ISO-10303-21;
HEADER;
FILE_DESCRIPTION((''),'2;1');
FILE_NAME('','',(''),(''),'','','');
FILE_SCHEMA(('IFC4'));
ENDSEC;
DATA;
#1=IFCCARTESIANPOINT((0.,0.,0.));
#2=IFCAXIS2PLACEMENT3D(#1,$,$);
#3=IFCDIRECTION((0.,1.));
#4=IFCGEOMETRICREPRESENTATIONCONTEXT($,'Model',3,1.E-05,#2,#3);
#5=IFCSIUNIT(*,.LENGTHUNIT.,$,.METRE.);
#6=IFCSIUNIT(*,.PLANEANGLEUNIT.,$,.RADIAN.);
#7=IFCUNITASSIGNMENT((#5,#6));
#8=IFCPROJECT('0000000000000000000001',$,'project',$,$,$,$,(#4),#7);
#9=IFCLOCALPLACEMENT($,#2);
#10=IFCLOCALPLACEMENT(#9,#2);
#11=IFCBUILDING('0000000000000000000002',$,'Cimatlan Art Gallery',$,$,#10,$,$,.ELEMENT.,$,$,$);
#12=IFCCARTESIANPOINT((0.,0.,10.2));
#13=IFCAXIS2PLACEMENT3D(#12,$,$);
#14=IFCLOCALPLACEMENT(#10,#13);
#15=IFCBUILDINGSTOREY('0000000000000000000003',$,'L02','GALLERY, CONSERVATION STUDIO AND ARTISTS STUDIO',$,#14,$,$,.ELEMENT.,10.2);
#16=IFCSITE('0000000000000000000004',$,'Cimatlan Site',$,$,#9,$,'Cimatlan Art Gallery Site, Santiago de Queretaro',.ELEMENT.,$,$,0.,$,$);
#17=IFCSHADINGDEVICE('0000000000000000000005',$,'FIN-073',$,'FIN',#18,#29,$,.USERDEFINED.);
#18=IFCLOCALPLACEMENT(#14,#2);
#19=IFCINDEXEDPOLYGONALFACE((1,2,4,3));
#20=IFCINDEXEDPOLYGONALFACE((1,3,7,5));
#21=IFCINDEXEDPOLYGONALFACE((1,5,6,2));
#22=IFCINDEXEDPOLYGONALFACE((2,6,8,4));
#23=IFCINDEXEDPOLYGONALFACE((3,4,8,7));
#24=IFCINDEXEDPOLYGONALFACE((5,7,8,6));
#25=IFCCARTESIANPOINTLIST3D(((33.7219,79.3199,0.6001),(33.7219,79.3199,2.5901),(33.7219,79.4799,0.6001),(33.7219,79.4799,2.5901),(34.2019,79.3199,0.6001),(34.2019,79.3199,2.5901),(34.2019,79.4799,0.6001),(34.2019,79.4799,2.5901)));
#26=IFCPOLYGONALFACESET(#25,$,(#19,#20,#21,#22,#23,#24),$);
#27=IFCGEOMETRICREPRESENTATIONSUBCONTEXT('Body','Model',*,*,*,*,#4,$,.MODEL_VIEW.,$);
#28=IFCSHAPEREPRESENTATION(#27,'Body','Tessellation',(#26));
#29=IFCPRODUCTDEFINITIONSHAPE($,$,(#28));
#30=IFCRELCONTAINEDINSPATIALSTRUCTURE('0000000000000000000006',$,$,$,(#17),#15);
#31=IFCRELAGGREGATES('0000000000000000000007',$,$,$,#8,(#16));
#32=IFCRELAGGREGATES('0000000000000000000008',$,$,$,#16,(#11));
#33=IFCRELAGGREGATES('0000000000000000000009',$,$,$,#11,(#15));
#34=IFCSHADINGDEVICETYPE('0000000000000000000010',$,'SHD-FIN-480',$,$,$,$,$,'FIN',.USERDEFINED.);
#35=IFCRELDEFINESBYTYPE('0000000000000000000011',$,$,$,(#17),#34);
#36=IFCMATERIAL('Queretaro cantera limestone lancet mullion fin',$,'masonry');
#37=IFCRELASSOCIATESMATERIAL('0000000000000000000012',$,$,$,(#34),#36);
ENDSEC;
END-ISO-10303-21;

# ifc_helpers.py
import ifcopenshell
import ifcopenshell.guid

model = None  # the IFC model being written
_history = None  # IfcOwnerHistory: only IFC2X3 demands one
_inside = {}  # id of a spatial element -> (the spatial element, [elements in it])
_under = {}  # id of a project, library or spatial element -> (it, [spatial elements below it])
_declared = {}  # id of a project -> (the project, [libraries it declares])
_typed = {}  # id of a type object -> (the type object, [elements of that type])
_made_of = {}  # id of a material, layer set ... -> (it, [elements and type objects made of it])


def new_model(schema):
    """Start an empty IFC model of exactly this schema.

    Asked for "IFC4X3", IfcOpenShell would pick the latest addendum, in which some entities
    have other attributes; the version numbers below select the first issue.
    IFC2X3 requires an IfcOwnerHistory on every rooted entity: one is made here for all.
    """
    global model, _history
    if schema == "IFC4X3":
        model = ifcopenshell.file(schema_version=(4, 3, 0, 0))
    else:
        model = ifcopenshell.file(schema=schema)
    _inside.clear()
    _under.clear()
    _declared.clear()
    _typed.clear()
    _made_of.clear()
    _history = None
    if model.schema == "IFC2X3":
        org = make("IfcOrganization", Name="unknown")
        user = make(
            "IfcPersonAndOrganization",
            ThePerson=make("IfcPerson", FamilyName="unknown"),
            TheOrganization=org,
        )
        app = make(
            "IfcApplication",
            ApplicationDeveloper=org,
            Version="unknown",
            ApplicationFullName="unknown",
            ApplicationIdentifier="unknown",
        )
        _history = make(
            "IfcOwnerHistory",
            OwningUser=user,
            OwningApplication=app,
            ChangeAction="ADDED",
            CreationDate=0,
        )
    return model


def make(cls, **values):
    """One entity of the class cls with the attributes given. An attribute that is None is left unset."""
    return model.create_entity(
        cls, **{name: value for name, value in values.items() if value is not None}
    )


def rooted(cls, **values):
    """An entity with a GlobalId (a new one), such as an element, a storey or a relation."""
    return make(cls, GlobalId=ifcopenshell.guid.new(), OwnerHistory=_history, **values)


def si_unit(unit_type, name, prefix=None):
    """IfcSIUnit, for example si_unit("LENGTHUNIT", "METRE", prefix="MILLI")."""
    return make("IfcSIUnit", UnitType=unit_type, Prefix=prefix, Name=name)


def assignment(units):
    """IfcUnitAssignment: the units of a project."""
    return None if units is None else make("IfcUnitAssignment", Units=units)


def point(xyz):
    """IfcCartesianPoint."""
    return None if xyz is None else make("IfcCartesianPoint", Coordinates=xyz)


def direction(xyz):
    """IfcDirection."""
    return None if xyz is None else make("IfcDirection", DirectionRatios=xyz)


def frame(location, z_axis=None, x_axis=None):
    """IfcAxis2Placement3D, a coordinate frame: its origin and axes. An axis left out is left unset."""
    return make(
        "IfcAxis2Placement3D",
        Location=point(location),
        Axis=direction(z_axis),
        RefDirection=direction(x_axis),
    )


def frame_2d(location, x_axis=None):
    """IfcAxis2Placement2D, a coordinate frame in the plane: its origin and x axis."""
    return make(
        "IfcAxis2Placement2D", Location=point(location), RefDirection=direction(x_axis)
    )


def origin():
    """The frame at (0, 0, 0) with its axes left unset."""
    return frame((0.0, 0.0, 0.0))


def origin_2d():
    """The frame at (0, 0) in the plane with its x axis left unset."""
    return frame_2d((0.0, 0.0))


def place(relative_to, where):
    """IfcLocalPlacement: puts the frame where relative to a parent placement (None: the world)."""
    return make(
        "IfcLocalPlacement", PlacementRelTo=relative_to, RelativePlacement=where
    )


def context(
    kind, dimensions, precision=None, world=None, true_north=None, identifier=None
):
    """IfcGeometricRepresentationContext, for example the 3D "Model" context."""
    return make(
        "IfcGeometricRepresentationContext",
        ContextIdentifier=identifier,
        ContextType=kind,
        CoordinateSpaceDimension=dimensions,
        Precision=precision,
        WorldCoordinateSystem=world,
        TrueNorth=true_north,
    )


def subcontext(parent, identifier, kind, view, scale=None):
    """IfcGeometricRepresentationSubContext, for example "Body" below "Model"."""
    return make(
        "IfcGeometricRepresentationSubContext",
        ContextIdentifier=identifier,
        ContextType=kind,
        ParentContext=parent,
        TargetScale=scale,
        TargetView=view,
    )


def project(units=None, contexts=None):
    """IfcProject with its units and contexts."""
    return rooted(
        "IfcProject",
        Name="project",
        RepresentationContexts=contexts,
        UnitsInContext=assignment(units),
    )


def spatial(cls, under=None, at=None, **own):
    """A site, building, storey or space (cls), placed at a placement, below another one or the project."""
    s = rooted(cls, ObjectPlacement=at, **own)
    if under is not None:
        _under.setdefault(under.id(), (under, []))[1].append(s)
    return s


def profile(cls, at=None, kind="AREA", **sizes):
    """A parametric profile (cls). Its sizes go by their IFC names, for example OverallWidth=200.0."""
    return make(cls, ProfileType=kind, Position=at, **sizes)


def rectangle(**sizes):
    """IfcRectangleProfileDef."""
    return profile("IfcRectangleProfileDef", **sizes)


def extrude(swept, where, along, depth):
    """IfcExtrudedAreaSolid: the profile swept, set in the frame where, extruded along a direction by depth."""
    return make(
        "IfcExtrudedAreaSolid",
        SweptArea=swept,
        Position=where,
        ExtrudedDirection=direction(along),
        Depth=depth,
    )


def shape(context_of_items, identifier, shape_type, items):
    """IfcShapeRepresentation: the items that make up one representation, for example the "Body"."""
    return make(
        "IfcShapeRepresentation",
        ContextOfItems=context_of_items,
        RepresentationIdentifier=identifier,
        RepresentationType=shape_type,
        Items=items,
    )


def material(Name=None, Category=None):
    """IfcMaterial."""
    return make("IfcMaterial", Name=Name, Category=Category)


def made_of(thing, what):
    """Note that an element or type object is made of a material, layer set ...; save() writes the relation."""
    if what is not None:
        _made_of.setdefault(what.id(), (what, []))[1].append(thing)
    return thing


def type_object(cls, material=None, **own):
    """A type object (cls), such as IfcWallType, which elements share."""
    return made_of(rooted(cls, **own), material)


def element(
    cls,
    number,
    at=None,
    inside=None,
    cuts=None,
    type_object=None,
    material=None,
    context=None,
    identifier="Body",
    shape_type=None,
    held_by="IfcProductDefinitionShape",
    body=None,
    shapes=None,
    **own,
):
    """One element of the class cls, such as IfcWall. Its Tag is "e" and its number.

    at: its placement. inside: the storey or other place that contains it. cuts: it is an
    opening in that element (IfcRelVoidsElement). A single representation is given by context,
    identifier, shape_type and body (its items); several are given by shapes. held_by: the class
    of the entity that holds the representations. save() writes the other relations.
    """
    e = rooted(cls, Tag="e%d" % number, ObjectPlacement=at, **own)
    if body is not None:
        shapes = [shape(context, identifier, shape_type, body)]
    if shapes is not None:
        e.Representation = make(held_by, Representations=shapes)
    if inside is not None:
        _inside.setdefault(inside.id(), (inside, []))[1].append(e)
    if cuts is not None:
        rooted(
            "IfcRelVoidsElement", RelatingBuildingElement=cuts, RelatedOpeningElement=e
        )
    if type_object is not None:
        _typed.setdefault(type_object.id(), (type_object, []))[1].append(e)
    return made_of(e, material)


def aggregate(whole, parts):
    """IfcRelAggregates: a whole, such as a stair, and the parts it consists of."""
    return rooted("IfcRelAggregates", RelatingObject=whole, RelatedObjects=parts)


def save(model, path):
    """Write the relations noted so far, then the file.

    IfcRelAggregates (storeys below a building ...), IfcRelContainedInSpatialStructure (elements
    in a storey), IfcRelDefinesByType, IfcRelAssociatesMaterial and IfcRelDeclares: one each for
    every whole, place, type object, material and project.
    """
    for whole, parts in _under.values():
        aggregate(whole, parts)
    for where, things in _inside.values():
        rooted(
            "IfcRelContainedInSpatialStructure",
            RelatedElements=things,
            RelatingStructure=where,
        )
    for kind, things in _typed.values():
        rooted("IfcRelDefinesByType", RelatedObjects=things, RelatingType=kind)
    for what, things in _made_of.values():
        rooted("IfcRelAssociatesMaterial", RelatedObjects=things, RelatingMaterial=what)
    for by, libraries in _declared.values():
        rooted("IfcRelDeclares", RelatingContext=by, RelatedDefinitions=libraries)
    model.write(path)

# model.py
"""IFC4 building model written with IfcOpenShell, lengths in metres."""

from ifc_helpers import new_model, si_unit, direction, frame, origin, origin_2d, place, context, subcontext, project, spatial, rectangle, extrude, material, type_object, element, save


model = new_model("IFC4")

# Units and contexts
model_context = context("Model", 3, precision=1e-05, world=origin(), true_north=direction((0.0, 1.0)))
body_context = subcontext(model_context, "Body", "Model", "MODEL_VIEW")
ifc_project = project(units=[si_unit("LENGTHUNIT", "METRE"), si_unit("PLANEANGLEUNIT", "RADIAN")], contexts=[model_context])

# Site, building, storey
site_placement = place(None, origin())
site = spatial("IfcSite", under=ifc_project, at=site_placement, Name="Cimatlan Site", LongName="Cimatlan Art Gallery Site, Santiago de Queretaro", CompositionType="ELEMENT", RefElevation=0.0)
building_placement = place(site_placement, origin())
building = spatial("IfcBuilding", under=site, at=building_placement, Name="Cimatlan Art Gallery", CompositionType="ELEMENT")
storey_placement = place(building_placement, frame((0.0, 0.0, 10.2)))
storey = spatial("IfcBuildingStorey", under=building, at=storey_placement, Name="L02", Description="GALLERY, CONSERVATION STUDIO AND ARTISTS STUDIO", CompositionType="ELEMENT", Elevation=10.2)

# Shading device
ifc_material_1 = material(Name="Queretaro cantera limestone lancet mullion fin", Category="masonry")
shading_device_type_1 = type_object("IfcShadingDeviceType", Name="SHD-FIN-480", ElementType="FIN", PredefinedType="USERDEFINED", material=ifc_material_1)
shading_device_placement = place(storey_placement, frame((33.9619, 79.3999, 0.6001), z_axis=(0.0, 0.0, 1.0), x_axis=(0.0, 1.0, 0.0)))
element("IfcShadingDevice", 1, at=shading_device_placement, inside=storey, type_object=shading_device_type_1, Name="FIN-073", ObjectType="FIN", PredefinedType="USERDEFINED", context=body_context, shape_type="SweptSolid", body=[
    extrude(rectangle(XDim=0.1599, YDim=0.48, at=origin_2d()), origin(), (0.0, 0.0, 1.0), 1.99),
])

save(model, "model.ifc")
